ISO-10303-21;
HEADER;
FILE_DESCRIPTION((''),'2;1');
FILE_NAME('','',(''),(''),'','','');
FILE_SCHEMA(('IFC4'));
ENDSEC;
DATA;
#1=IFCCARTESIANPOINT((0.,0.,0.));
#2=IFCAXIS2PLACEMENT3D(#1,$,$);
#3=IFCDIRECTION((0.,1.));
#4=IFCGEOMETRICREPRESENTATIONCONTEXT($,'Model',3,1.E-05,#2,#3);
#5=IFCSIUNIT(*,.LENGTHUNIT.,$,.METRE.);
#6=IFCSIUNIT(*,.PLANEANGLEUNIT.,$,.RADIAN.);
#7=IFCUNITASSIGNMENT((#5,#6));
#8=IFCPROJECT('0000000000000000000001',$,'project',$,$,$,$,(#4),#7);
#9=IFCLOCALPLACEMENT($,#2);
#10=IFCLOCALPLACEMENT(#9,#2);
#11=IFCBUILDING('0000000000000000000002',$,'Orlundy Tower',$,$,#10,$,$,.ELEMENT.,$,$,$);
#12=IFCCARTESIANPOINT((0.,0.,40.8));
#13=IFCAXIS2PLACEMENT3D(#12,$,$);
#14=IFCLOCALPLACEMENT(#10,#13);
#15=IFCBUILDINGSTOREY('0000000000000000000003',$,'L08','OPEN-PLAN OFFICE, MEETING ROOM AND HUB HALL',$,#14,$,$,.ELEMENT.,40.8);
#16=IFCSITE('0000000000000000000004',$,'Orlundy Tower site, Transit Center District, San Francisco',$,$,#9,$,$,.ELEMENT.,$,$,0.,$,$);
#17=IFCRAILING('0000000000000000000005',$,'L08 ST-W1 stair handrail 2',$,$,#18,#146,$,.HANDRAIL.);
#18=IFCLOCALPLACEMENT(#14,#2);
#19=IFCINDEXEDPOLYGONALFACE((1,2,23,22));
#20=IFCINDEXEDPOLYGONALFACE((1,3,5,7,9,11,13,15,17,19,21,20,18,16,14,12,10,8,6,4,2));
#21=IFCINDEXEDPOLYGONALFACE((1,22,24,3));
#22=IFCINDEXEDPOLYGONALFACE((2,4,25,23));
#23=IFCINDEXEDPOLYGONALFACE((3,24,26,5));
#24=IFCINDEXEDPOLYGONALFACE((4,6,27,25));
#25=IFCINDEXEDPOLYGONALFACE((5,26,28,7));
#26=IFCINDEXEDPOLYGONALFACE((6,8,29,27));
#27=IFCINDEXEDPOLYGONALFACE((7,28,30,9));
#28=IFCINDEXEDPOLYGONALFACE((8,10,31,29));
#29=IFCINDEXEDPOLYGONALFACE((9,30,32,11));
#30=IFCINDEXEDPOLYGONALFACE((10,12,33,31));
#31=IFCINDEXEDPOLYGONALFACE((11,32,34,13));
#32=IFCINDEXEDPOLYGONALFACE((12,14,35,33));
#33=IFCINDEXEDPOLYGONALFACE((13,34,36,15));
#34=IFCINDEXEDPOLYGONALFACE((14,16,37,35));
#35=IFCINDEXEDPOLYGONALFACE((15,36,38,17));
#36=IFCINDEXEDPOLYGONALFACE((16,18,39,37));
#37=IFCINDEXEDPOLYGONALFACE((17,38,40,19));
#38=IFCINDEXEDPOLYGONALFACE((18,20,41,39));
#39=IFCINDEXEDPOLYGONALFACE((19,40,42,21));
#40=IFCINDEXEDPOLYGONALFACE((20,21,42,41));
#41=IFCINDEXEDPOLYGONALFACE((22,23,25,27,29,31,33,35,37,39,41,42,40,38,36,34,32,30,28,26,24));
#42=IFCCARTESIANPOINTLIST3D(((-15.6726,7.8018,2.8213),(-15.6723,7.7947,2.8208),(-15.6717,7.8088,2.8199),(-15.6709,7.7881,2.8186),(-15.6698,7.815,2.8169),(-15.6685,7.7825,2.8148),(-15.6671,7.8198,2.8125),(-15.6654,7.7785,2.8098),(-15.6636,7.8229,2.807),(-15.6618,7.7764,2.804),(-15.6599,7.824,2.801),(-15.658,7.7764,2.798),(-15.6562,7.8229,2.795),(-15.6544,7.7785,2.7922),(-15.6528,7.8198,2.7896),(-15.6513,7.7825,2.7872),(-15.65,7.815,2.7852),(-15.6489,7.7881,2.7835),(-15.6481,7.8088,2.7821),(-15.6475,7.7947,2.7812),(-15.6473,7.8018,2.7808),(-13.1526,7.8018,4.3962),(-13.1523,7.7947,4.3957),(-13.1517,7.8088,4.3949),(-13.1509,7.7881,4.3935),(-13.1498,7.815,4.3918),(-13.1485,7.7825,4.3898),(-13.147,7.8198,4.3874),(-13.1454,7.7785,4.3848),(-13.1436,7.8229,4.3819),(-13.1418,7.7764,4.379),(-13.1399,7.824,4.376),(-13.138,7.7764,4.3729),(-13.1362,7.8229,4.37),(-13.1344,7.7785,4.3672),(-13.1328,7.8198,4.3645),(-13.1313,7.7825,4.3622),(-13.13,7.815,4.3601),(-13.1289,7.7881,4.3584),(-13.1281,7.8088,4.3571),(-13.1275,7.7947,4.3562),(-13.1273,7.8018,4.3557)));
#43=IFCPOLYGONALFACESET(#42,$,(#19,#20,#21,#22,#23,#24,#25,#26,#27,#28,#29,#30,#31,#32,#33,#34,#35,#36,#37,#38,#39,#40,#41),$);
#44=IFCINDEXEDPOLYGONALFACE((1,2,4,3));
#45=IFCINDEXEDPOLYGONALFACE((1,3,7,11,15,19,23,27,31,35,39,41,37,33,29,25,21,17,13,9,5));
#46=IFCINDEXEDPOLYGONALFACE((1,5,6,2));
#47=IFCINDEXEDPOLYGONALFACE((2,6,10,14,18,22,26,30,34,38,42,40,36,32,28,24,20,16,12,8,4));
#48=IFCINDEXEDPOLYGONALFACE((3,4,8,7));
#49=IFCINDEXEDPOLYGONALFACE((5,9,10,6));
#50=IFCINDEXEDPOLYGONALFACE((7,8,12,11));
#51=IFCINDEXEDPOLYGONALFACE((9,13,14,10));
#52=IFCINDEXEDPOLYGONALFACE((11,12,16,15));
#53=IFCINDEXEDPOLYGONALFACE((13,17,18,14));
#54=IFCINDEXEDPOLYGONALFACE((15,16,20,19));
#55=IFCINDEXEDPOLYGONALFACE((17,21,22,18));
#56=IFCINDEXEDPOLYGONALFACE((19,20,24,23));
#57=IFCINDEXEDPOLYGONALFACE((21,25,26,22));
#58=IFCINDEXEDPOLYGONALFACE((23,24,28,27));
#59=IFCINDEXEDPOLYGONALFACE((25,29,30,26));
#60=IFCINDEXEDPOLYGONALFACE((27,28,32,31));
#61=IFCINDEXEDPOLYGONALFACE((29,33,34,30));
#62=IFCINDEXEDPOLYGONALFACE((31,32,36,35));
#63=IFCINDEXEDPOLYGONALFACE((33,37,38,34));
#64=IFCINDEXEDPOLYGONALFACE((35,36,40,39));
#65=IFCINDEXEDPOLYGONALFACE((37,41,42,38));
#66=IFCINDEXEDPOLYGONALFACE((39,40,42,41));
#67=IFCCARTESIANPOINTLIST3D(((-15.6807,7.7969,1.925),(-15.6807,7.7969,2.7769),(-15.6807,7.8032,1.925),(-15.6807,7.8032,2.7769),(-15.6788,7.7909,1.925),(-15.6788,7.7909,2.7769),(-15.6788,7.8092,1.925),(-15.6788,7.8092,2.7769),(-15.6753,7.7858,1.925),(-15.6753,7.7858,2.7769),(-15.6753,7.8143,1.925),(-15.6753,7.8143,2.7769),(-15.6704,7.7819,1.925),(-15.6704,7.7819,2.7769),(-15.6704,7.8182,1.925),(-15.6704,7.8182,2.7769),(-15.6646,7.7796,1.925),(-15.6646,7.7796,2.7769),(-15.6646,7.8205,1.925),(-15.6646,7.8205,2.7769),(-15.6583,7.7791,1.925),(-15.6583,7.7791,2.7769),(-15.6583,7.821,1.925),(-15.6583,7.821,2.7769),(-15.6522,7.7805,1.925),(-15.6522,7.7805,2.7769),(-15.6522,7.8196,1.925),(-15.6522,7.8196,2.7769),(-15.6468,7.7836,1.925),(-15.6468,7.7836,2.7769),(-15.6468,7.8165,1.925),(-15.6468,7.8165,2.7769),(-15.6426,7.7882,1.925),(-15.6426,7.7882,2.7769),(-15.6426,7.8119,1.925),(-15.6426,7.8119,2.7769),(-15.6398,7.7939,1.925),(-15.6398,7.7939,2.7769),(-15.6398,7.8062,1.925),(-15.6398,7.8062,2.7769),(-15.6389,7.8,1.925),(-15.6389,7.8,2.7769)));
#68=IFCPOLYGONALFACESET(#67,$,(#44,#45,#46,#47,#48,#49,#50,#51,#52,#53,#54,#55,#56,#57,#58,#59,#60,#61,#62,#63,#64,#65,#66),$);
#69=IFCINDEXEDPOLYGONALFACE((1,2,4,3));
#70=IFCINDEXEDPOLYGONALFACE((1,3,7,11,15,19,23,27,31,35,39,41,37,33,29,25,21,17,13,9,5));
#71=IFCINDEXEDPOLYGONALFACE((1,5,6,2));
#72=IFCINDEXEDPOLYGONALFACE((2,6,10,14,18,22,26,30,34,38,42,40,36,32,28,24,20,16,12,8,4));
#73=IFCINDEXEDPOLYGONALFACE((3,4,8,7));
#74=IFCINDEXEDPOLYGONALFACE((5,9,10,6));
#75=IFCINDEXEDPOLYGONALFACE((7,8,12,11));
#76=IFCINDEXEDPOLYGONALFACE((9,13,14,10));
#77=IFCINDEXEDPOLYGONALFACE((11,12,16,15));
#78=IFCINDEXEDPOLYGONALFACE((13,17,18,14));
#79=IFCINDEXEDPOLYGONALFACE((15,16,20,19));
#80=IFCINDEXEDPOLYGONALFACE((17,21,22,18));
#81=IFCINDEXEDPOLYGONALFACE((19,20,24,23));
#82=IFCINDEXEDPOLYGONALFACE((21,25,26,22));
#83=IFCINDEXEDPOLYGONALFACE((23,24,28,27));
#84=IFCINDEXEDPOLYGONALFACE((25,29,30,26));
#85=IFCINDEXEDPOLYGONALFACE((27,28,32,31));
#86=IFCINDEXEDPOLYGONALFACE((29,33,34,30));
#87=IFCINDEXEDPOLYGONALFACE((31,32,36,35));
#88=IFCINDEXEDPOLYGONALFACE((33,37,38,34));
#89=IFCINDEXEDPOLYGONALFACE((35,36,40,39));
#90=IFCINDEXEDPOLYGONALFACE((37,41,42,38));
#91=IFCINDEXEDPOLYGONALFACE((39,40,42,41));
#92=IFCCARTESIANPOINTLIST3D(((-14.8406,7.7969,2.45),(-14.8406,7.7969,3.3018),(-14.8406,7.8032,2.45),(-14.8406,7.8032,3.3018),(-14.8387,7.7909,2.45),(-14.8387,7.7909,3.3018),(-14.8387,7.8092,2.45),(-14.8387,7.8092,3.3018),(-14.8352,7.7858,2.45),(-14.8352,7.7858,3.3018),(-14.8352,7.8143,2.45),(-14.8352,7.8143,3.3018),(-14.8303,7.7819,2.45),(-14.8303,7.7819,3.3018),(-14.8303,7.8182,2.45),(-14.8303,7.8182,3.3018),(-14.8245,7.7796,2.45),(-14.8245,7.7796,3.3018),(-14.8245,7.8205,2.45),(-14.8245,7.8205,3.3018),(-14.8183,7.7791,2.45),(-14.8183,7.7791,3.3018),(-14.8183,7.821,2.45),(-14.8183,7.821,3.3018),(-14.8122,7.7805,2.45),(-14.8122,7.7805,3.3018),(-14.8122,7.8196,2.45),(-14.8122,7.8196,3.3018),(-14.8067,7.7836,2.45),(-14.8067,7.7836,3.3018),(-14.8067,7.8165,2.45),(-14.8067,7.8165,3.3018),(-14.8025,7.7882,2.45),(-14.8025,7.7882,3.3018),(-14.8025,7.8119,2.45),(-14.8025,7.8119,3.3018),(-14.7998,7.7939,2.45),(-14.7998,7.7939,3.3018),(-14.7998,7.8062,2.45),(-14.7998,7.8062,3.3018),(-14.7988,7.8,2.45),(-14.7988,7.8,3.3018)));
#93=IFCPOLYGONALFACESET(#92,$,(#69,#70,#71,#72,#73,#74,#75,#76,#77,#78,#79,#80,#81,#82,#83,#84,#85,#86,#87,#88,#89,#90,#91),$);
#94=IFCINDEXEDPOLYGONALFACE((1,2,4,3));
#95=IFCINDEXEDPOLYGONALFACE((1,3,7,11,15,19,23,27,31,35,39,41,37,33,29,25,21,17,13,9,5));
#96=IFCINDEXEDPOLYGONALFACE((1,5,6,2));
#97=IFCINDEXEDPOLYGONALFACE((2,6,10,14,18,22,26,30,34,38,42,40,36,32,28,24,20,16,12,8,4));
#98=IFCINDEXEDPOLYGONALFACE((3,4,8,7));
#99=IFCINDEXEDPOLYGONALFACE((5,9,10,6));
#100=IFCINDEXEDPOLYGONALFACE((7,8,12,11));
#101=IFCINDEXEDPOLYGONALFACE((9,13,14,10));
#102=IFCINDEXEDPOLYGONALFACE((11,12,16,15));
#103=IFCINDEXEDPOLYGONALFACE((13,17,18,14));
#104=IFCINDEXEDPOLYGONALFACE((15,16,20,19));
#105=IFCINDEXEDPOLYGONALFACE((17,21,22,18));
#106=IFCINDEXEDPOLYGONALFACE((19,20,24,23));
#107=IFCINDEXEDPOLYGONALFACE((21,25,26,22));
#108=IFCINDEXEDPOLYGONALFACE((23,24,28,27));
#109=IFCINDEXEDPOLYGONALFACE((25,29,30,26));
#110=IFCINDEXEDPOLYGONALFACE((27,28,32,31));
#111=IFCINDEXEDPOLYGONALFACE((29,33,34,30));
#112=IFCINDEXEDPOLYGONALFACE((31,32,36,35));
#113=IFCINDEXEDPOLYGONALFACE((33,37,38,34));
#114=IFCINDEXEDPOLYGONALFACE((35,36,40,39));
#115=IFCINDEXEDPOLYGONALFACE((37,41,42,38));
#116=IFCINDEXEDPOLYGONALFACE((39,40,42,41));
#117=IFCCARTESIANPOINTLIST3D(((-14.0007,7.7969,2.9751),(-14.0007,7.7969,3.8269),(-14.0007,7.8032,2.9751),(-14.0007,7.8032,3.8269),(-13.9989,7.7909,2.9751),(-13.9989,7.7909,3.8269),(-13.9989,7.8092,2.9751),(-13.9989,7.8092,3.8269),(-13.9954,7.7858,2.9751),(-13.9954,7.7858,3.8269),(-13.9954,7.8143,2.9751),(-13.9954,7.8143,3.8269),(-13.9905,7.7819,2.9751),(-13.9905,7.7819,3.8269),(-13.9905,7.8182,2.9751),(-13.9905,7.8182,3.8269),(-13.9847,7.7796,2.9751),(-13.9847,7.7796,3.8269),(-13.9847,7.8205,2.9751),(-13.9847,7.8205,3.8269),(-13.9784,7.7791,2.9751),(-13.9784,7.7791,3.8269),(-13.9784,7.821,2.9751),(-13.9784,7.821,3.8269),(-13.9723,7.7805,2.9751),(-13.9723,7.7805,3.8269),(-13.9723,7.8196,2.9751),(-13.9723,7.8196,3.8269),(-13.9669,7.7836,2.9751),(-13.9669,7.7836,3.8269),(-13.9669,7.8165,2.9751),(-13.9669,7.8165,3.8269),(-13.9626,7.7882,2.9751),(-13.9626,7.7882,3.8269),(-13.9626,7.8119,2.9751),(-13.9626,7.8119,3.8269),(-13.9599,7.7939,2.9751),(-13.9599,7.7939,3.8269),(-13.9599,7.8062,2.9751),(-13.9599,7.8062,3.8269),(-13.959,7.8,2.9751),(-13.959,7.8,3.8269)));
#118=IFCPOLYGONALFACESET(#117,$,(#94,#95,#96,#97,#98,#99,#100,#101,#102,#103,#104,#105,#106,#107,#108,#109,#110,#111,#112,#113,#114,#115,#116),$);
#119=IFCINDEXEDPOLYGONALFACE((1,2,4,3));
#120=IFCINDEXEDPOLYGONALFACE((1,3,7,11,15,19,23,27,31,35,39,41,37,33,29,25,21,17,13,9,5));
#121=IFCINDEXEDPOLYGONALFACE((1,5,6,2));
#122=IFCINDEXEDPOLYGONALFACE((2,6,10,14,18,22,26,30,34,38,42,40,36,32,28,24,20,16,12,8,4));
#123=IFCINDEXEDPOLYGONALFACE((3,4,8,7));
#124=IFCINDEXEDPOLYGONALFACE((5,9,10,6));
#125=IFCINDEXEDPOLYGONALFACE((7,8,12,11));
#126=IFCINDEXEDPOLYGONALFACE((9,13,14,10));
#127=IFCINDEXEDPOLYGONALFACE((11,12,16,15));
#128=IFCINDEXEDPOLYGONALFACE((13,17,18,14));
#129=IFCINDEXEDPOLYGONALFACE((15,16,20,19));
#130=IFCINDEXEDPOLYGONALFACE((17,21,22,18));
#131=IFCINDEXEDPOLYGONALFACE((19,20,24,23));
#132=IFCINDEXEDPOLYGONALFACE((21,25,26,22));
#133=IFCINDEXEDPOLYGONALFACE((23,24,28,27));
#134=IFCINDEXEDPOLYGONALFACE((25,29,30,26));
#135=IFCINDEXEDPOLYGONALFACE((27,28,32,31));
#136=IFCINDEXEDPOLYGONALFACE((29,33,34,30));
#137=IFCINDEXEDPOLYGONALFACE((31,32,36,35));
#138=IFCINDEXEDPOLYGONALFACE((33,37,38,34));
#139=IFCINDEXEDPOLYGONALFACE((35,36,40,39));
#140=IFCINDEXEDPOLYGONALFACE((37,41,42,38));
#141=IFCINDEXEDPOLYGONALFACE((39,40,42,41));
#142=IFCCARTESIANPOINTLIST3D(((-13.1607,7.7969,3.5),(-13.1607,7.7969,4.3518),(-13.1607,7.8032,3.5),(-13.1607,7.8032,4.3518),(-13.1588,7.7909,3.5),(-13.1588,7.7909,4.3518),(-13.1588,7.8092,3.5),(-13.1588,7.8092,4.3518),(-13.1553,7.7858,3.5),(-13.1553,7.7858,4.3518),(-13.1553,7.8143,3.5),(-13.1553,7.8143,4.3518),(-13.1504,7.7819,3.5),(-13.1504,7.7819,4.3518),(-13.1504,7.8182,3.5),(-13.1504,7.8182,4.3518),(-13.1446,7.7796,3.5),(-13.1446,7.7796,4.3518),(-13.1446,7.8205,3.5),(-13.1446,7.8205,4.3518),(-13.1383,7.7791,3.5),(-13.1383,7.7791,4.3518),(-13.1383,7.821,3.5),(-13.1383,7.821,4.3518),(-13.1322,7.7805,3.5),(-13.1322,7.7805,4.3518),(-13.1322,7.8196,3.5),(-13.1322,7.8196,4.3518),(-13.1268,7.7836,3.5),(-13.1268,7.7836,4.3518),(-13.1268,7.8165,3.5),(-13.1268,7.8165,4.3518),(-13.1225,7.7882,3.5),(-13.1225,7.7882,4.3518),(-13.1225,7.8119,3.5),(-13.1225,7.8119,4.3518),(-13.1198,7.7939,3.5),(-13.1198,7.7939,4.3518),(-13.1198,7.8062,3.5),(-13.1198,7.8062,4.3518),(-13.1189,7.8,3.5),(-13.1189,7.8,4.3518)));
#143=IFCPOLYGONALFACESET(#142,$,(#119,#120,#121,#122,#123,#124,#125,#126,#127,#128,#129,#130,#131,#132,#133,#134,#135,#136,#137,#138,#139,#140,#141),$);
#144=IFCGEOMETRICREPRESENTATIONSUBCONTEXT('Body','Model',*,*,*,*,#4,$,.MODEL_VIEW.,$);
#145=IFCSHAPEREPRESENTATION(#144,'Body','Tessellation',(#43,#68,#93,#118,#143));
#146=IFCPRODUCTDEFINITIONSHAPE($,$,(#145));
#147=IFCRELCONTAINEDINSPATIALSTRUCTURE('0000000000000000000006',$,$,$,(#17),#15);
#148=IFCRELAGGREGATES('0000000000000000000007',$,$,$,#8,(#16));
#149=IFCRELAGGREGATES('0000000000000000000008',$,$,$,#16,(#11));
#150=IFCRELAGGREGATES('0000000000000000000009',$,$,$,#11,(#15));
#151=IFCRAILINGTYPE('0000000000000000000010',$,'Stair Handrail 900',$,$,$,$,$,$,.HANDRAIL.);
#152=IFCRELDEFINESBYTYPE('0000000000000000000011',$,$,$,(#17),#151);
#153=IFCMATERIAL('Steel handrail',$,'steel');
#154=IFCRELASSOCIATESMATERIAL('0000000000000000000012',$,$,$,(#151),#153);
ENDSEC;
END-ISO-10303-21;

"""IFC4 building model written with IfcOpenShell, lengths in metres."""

from ifc_helpers import new_model, si_unit, direction, frame, origin, origin_2d, place, context, subcontext, project, spatial, circle, extrude, material, type_object, element, save


model = new_model("IFC4")

# Units and contexts
model_context = context("Model", 3, precision=1e-05, world=origin(), true_north=direction((0.0, 1.0)))
body_context = subcontext(model_context, "Body", "Model", "MODEL_VIEW")
ifc_project = project(units=[si_unit("LENGTHUNIT", "METRE"), si_unit("PLANEANGLEUNIT", "RADIAN")], contexts=[model_context])

# Site, building, storey
site_placement = place(None, origin())
site = spatial("IfcSite", under=ifc_project, at=site_placement, Name="Orlundy Tower site, Transit Center District, San Francisco", CompositionType="ELEMENT", RefElevation=0.0)
building_placement = place(site_placement, origin())
building = spatial("IfcBuilding", under=site, at=building_placement, Name="Orlundy Tower", CompositionType="ELEMENT")
storey_placement = place(building_placement, frame((0.0, 0.0, 40.8)))
storey = spatial("IfcBuildingStorey", under=building, at=storey_placement, Name="L08", Description="OPEN-PLAN OFFICE, MEETING ROOM AND HUB HALL", CompositionType="ELEMENT", Elevation=40.8)

# Railing
ifc_material_1 = material(Name="Steel handrail", Category="steel")
railing_type_1 = type_object("IfcRailingType", Name="Stair Handrail 900", PredefinedType="HANDRAIL", material=ifc_material_1)
railing_1_placement = place(storey_placement, frame((-15.6599, 7.8, 1.925)))
element("IfcRailing", 1, at=railing_1_placement, inside=storey, type_object=railing_type_1, Name="L08 ST-W1 stair handrail 2", PredefinedType="HANDRAIL", context=body_context, shape_type="SweptSolid", body=[
    extrude(circle(Radius=0.0239, at=origin_2d()), frame((0.0, 0.0, 0.876), z_axis=(0.848008, 0.0, 0.529984), x_axis=(0.0, 1.0, 0.0)), (0.0, 0.0, 1.0), 2.9717),
    extrude(circle(Radius=0.021, at=origin_2d()), origin(), (0.0, 0.0, 1.0), 0.8518),
    extrude(circle(Radius=0.021, at=origin_2d()), frame((0.8401, 0.0, 0.5249)), (0.0, 0.0, 1.0), 0.8518),
    extrude(circle(Radius=0.021, at=origin_2d()), frame((1.6799, 0.0, 1.05)), (0.0, 0.0, 1.0), 0.8518),
    extrude(circle(Radius=0.021, at=origin_2d()), frame((2.52, 0.0, 1.575)), (0.0, 0.0, 1.0), 0.8518),
])

save(model, "model.ifc")
